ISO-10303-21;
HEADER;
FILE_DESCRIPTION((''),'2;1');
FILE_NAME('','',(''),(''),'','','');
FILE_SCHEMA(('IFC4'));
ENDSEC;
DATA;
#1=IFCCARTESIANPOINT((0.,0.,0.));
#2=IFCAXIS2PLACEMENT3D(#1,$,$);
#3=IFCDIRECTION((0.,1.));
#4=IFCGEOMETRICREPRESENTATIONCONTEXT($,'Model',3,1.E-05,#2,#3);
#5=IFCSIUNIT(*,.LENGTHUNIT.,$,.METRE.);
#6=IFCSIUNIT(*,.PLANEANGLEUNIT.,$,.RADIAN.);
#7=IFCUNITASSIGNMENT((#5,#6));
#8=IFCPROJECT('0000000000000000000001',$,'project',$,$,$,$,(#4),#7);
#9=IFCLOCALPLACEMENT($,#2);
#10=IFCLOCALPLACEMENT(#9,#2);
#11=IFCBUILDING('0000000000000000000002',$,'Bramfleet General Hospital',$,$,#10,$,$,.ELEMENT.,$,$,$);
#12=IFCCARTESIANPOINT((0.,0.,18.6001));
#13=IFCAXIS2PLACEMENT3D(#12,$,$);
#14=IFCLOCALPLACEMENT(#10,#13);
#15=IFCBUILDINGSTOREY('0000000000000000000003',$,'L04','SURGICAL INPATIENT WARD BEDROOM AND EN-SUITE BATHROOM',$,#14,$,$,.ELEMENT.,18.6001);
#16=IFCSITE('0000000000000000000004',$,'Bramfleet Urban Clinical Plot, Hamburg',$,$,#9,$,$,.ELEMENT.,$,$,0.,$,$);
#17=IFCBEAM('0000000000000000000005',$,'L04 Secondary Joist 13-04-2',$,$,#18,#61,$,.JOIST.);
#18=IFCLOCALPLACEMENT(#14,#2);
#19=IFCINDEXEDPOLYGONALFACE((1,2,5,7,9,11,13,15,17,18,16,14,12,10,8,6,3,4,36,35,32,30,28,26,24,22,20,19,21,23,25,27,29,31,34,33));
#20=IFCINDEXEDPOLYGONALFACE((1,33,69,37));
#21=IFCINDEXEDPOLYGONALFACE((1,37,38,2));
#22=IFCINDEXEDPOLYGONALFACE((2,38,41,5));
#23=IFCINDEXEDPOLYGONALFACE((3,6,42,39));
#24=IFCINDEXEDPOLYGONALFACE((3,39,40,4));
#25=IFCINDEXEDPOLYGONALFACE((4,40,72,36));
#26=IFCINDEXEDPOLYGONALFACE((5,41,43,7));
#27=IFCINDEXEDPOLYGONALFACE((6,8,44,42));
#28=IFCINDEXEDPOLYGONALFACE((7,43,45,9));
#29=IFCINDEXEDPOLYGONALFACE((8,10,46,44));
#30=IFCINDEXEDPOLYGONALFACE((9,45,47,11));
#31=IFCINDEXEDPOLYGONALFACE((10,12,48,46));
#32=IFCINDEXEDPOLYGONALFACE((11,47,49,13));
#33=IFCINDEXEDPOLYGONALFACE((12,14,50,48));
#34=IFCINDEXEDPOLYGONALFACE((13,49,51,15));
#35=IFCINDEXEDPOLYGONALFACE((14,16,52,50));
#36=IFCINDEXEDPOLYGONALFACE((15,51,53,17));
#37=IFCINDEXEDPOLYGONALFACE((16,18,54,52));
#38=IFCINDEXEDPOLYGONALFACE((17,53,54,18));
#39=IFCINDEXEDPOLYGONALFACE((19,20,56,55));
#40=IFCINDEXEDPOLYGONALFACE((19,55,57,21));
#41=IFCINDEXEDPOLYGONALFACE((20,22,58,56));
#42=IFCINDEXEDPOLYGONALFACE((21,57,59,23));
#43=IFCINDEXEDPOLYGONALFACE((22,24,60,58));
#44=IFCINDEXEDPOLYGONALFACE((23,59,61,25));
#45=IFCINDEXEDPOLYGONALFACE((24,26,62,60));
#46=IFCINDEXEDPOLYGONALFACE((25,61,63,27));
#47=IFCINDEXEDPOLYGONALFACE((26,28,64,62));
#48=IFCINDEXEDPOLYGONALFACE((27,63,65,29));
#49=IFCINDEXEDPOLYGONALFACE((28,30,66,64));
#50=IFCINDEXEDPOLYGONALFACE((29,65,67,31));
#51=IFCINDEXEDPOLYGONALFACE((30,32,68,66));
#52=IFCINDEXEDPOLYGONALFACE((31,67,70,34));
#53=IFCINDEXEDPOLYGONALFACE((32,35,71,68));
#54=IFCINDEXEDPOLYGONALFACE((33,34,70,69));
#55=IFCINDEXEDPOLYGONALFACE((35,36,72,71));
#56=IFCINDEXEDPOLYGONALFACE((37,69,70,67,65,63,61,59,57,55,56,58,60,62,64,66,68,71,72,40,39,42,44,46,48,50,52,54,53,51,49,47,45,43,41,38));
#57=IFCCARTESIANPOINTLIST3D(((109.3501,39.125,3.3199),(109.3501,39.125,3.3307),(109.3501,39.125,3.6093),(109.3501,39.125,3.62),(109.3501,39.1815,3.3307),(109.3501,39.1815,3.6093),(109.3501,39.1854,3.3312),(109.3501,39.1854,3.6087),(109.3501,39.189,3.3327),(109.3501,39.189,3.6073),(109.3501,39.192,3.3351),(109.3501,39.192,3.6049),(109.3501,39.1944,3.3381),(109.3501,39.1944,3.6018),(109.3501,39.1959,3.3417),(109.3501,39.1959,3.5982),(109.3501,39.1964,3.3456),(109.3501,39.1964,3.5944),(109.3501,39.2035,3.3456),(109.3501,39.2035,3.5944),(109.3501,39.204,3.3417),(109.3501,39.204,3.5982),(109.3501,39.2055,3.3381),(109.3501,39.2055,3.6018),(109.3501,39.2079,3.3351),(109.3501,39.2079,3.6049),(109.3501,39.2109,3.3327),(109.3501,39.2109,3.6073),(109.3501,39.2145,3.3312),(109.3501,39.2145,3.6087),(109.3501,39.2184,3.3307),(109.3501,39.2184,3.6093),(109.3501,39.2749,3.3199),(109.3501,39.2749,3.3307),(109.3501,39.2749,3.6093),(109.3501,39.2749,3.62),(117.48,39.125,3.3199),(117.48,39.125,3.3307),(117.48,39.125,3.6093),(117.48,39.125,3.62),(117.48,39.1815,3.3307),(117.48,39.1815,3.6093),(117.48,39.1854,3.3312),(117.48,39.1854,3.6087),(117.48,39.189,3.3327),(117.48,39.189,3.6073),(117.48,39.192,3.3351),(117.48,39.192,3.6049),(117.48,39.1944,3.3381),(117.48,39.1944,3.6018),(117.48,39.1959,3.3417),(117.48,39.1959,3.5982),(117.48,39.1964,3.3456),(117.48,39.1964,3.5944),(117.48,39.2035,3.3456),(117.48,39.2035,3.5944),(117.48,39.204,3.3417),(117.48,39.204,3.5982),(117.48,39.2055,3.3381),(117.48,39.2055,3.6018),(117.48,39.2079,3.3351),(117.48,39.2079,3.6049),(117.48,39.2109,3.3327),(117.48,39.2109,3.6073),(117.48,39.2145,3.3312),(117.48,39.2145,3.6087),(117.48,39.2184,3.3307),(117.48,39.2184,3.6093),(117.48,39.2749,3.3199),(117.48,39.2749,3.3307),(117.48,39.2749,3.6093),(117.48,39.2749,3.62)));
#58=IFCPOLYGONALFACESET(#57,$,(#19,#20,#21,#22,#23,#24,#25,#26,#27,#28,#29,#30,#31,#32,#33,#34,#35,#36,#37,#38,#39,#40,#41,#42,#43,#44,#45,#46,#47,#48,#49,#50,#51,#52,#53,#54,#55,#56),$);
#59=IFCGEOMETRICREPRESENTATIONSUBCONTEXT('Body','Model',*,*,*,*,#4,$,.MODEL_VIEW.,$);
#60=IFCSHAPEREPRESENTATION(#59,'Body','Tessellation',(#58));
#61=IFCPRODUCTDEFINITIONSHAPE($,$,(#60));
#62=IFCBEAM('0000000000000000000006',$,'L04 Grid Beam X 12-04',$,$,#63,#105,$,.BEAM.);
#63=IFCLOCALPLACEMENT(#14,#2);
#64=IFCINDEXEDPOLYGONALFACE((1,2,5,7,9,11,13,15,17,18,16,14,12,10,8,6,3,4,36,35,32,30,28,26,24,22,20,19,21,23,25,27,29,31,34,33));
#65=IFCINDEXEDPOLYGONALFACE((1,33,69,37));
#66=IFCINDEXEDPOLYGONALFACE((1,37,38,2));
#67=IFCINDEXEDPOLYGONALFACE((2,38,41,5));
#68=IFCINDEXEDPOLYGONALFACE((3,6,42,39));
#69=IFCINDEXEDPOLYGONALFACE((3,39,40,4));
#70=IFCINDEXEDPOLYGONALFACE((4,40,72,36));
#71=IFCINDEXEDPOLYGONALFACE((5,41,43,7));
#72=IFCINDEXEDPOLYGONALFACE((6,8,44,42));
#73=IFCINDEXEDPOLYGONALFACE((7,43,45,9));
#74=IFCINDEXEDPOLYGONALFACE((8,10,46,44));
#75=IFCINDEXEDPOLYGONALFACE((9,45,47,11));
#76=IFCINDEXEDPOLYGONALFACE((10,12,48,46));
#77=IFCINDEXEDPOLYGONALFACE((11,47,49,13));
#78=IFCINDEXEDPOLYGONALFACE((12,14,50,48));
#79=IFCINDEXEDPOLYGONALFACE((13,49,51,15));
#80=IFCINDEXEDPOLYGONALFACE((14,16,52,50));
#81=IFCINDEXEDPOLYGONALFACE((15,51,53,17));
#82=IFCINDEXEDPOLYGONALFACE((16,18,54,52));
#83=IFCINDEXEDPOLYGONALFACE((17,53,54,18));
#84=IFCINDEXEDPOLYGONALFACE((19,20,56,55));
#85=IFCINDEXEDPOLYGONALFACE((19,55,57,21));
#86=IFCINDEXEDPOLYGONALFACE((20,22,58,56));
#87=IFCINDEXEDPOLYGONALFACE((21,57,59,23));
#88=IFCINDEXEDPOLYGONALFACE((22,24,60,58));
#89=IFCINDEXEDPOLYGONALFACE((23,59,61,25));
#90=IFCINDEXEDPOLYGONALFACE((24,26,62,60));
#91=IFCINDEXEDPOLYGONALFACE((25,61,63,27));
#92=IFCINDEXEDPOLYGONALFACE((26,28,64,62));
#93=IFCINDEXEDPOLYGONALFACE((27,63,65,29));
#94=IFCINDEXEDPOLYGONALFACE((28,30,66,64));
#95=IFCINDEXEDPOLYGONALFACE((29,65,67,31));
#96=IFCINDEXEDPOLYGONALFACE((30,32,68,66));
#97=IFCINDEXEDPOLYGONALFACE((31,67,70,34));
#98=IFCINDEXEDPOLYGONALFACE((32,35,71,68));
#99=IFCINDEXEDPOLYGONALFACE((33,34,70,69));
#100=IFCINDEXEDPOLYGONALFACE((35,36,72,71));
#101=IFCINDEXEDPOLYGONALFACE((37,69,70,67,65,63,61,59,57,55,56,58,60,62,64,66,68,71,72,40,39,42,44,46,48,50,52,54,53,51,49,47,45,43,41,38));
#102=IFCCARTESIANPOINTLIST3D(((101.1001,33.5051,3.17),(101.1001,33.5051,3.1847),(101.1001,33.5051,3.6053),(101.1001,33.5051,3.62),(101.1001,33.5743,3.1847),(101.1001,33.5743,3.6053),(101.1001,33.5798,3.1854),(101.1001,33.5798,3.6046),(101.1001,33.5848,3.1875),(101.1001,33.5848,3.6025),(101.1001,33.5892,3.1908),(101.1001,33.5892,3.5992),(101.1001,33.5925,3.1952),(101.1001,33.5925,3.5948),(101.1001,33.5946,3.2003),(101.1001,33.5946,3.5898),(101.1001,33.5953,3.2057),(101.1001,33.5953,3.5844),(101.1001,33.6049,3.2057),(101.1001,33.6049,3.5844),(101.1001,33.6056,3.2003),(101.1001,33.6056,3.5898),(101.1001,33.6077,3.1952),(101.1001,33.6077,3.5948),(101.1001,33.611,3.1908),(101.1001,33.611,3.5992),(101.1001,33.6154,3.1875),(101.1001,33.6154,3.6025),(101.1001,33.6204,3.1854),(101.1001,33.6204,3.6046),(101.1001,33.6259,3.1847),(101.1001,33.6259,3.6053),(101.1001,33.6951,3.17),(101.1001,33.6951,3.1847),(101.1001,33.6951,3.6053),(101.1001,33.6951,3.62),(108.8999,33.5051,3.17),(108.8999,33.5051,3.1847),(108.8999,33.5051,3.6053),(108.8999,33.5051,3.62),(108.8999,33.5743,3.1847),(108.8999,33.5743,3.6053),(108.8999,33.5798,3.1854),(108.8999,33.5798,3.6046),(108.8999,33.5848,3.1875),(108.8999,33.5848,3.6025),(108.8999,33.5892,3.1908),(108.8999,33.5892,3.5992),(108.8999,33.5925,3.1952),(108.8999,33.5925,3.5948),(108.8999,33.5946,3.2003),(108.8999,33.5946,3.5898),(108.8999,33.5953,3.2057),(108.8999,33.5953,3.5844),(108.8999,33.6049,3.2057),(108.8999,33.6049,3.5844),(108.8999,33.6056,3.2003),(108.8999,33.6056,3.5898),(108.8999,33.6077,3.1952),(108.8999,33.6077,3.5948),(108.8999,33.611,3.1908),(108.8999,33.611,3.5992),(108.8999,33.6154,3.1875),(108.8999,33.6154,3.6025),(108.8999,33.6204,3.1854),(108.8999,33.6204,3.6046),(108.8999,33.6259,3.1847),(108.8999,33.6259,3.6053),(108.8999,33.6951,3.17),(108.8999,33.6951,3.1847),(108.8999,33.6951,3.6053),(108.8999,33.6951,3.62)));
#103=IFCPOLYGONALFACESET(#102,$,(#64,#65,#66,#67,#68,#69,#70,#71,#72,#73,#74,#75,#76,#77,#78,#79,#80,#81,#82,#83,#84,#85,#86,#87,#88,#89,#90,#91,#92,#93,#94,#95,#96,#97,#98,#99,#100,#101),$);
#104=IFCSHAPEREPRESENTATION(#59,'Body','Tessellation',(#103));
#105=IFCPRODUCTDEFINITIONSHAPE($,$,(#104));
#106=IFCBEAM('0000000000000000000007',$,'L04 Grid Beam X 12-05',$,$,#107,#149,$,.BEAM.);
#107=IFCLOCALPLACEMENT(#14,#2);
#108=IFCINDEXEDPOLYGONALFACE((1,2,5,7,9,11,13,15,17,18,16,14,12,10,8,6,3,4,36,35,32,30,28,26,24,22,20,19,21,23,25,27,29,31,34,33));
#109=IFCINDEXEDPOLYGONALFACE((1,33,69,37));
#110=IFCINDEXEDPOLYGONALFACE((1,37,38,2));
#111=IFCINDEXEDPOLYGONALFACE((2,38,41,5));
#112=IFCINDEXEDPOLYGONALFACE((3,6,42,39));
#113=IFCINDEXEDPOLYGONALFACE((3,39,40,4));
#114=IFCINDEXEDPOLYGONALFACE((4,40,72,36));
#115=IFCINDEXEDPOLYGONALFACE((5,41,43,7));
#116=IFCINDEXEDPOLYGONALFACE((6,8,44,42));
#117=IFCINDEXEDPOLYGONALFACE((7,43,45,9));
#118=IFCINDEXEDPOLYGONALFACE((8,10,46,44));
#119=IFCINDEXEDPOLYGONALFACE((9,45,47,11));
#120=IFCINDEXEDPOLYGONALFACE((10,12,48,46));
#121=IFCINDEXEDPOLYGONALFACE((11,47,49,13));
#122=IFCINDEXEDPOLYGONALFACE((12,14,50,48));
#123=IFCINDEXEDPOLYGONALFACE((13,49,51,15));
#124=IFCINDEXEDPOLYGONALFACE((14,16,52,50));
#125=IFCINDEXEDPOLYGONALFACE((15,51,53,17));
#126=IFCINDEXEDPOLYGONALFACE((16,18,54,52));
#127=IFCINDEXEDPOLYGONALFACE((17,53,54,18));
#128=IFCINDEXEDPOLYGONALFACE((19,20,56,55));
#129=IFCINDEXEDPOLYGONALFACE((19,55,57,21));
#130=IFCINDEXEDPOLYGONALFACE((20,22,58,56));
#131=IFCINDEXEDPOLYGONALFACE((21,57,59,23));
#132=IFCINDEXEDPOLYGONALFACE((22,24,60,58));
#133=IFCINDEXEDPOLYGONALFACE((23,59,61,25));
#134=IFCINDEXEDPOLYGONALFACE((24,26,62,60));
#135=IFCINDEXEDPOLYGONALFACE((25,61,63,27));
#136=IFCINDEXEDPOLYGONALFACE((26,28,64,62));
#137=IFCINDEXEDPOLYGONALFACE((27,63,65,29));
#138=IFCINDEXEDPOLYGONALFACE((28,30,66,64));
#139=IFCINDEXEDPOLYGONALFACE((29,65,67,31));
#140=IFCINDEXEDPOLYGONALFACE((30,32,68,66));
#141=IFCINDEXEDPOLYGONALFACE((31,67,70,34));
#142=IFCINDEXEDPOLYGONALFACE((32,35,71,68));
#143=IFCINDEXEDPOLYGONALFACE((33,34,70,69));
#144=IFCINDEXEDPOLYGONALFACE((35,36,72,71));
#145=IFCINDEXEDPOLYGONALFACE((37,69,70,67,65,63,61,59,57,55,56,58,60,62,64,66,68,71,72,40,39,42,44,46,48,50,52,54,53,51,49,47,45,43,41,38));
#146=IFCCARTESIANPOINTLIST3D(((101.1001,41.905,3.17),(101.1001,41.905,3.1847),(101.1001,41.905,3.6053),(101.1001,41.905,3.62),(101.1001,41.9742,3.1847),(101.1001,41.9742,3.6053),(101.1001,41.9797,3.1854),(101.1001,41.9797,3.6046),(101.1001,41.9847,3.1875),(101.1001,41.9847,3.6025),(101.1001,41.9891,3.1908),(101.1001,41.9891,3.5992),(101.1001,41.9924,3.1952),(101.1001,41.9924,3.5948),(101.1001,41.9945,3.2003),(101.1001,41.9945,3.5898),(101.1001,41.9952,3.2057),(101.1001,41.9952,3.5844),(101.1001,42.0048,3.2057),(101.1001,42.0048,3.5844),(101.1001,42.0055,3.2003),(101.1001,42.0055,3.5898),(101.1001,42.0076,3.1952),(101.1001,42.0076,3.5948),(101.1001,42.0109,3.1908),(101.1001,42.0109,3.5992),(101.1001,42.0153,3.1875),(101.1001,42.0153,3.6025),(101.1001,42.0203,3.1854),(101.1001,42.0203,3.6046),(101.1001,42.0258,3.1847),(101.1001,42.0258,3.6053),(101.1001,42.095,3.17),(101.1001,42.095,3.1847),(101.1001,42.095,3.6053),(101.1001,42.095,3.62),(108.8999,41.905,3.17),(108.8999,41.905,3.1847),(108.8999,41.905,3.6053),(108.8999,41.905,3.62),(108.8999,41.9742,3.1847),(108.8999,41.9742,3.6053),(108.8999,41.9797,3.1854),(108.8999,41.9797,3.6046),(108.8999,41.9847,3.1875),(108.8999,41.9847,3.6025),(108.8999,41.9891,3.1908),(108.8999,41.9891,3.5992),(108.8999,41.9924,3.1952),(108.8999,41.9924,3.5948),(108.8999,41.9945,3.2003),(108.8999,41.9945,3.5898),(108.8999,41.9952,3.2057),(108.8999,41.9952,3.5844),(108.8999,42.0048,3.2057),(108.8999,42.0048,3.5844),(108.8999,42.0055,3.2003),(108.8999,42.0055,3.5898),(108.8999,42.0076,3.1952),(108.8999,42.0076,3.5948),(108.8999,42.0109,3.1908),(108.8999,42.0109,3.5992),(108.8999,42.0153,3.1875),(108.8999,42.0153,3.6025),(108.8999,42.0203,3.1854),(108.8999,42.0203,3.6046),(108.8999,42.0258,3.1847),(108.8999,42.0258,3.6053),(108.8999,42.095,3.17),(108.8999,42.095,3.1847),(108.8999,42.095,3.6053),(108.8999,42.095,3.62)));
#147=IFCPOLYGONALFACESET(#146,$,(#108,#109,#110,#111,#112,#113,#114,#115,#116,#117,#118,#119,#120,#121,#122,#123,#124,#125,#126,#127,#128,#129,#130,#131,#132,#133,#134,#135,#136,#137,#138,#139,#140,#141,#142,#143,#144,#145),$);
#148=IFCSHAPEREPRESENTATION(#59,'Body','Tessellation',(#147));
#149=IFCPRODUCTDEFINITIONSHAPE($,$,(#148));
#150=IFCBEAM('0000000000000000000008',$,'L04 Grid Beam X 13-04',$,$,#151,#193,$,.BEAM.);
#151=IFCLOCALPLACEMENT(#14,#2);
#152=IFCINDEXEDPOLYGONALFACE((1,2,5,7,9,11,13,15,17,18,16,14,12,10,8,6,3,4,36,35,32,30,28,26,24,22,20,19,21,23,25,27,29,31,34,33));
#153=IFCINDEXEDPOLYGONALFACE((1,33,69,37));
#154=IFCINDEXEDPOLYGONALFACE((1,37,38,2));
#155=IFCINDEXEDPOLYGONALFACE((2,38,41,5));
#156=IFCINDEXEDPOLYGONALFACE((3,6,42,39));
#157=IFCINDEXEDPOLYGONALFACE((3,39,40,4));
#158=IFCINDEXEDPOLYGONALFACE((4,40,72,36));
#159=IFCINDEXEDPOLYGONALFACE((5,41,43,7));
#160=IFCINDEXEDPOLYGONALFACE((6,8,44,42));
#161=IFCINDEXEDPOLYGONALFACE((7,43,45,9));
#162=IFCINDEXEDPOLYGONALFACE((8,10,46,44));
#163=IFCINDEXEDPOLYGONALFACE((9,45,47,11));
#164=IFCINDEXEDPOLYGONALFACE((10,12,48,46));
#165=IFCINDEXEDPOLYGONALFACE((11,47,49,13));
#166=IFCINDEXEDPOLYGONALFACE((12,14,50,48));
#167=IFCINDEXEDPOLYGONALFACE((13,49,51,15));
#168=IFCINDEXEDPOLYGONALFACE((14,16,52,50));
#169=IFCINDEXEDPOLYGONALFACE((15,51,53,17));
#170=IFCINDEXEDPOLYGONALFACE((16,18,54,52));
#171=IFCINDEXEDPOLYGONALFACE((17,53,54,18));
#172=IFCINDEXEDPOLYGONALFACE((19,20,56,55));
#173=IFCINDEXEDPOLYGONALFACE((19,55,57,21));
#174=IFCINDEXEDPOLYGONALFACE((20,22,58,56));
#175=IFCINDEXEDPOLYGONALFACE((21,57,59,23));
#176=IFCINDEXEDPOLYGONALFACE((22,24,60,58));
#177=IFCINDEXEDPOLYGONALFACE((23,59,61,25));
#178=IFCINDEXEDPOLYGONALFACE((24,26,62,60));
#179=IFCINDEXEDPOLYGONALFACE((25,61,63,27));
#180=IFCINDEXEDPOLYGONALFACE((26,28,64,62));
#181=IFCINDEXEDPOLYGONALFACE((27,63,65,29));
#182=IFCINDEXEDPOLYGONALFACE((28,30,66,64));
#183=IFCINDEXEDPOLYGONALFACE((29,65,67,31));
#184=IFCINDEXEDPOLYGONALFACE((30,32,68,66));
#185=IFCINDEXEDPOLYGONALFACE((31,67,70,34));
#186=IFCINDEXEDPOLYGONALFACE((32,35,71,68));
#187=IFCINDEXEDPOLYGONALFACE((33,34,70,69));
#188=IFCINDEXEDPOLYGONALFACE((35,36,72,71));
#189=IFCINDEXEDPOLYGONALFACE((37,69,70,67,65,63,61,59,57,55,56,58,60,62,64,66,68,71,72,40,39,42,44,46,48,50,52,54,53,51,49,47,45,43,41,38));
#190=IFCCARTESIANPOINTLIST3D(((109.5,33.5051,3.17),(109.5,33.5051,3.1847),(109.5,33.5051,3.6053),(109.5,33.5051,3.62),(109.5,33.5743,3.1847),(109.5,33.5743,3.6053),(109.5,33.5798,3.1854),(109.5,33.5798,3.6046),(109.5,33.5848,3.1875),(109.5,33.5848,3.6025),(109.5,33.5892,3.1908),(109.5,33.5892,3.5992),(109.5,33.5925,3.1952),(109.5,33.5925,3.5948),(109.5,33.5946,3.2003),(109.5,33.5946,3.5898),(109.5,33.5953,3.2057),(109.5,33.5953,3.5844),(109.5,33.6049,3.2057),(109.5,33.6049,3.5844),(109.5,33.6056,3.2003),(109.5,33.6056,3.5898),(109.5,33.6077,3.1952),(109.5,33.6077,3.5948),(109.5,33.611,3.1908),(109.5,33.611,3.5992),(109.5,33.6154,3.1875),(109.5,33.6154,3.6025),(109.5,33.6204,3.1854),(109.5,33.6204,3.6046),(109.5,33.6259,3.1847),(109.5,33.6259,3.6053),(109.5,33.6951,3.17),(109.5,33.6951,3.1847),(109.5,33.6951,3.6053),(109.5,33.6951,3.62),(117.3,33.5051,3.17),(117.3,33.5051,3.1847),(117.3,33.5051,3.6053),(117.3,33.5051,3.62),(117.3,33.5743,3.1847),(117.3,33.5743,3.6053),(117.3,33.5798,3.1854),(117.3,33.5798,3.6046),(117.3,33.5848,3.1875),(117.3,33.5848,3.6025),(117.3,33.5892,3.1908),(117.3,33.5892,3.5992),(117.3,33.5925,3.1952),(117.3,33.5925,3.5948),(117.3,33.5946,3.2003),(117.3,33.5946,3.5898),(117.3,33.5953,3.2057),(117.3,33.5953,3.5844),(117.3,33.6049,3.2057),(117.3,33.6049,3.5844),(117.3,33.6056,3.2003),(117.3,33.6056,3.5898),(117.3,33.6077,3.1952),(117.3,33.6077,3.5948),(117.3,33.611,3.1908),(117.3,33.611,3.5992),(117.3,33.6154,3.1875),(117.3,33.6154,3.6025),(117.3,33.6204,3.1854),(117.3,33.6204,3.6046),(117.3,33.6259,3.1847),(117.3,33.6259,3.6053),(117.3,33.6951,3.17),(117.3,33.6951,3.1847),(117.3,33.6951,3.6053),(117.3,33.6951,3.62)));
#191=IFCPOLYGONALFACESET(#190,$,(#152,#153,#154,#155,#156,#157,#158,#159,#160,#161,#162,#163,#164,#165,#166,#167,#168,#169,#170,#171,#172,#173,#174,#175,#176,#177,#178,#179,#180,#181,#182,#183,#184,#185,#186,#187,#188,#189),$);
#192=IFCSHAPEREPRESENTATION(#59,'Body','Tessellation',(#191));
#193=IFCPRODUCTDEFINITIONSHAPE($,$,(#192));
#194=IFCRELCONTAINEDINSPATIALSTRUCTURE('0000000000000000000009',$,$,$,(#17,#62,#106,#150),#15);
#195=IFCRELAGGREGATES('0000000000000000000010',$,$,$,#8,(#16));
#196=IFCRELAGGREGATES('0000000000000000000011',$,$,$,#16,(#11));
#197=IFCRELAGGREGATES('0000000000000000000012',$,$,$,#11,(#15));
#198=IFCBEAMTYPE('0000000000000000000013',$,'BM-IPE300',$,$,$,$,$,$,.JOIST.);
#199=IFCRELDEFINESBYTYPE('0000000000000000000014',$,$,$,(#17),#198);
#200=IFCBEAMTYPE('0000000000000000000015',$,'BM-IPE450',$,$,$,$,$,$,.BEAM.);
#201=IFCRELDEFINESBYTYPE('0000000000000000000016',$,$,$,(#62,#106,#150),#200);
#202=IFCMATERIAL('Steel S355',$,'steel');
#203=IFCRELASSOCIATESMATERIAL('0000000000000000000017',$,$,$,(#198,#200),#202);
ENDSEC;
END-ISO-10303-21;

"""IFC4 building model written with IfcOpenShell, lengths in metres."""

from ifc_helpers import new_model, si_unit, direction, frame, origin, origin_2d, place, context, subcontext, project, spatial, i_section, extrude, material, material_profile, profile_set, type_object, element, save


model = new_model("IFC4")

# Units and contexts
model_context = context("Model", 3, precision=1e-05, world=origin(), true_north=direction((0.0, 1.0)))
body_context = subcontext(model_context, "Body", "Model", "MODEL_VIEW")
ifc_project = project(units=[si_unit("LENGTHUNIT", "METRE"), si_unit("PLANEANGLEUNIT", "RADIAN")], contexts=[model_context])

# Site, building, storey
site_placement = place(None, origin())
site = spatial("IfcSite", under=ifc_project, at=site_placement, Name="Bramfleet Urban Clinical Plot, Hamburg", CompositionType="ELEMENT", RefElevation=0.0)
building_placement = place(site_placement, origin())
building = spatial("IfcBuilding", under=site, at=building_placement, Name="Bramfleet General Hospital", CompositionType="ELEMENT")
storey_placement = place(building_placement, frame((0.0, 0.0, 18.6001)))
storey = spatial("IfcBuildingStorey", under=building, at=storey_placement, Name="L04", Description="SURGICAL INPATIENT WARD BEDROOM AND EN-SUITE BATHROOM", CompositionType="ELEMENT", Elevation=18.6001)

# Beams
ifc_material_1 = material(Name="Steel S355", Category="steel")
ifc_material_profile_1 = material_profile(ifc_material_1, i_section(OverallWidth=0.1499, OverallDepth=0.3, WebThickness=0.0071, FlangeThickness=0.0107, FilletRadius=0.0149, at=origin_2d()), Name="IPE 300")
ifc_profile_set_1 = profile_set([ifc_material_profile_1], Name="Steel S355")
beam_type_1 = type_object("IfcBeamType", Name="BM-IPE300", PredefinedType="JOIST", material=ifc_profile_set_1)
for number, where, z_axis, x_axis, name in (
    (1, (109.3501, 39.2, 3.47), (1.0, 0.0, 0.0), (0.0, 1.0, 0.0), "L04 Secondary Joist 13-04-2"),
):
    element("IfcBeam", number, at=place(storey_placement, frame(where, z_axis=z_axis, x_axis=x_axis)), inside=storey, type_object=beam_type_1, Name=name, PredefinedType="JOIST", context=body_context, shape_type="SweptSolid", body=[
        extrude(i_section(OverallWidth=0.1499, OverallDepth=0.3, WebThickness=0.0071, FlangeThickness=0.0107, FilletRadius=0.0149, at=origin_2d()), origin(), (0.0, 0.0, 1.0), 8.1299),
    ])
ifc_material_profile_2 = material_profile(ifc_material_1, i_section(OverallWidth=0.1899, OverallDepth=0.45, WebThickness=0.0095, FlangeThickness=0.0146, FilletRadius=0.021, at=origin_2d()), Name="IPE 450")
ifc_profile_set_2 = profile_set([ifc_material_profile_2], Name="Steel S355")
beam_type_2 = type_object("IfcBeamType", Name="BM-IPE450", PredefinedType="BEAM", material=ifc_profile_set_2)
for number, where, z_axis, x_axis, name in (
    (2, (101.1001, 33.6001, 3.395), (1.0, 0.0, 0.0), (0.0, 1.0, 0.0), "L04 Grid Beam X 12-04"),
    (3, (101.1001, 42.0, 3.395), (1.0, 0.0, 0.0), (0.0, 1.0, 0.0), "L04 Grid Beam X 12-05"),
):
    element("IfcBeam", number, at=place(storey_placement, frame(where, z_axis=z_axis, x_axis=x_axis)), inside=storey, type_object=beam_type_2, Name=name, PredefinedType="BEAM", context=body_context, shape_type="SweptSolid", body=[
        extrude(i_section(OverallWidth=0.1899, OverallDepth=0.45, WebThickness=0.0095, FlangeThickness=0.0146, FilletRadius=0.021, at=origin_2d()), origin(), (0.0, 0.0, 1.0), 7.7998),
    ])
for number, where, z_axis, x_axis, name in (
    (4, (109.5, 33.6001, 3.395), (1.0, 0.0, 0.0), (0.0, 1.0, 0.0), "L04 Grid Beam X 13-04"),
):
    element("IfcBeam", number, at=place(storey_placement, frame(where, z_axis=z_axis, x_axis=x_axis)), inside=storey, type_object=beam_type_2, Name=name, PredefinedType="BEAM", context=body_context, shape_type="SweptSolid", body=[
        extrude(i_section(OverallWidth=0.1899, OverallDepth=0.45, WebThickness=0.0095, FlangeThickness=0.0146, FilletRadius=0.021, at=origin_2d()), origin(), (0.0, 0.0, 1.0), 7.8),
    ])

save(model, "model.ifc")
